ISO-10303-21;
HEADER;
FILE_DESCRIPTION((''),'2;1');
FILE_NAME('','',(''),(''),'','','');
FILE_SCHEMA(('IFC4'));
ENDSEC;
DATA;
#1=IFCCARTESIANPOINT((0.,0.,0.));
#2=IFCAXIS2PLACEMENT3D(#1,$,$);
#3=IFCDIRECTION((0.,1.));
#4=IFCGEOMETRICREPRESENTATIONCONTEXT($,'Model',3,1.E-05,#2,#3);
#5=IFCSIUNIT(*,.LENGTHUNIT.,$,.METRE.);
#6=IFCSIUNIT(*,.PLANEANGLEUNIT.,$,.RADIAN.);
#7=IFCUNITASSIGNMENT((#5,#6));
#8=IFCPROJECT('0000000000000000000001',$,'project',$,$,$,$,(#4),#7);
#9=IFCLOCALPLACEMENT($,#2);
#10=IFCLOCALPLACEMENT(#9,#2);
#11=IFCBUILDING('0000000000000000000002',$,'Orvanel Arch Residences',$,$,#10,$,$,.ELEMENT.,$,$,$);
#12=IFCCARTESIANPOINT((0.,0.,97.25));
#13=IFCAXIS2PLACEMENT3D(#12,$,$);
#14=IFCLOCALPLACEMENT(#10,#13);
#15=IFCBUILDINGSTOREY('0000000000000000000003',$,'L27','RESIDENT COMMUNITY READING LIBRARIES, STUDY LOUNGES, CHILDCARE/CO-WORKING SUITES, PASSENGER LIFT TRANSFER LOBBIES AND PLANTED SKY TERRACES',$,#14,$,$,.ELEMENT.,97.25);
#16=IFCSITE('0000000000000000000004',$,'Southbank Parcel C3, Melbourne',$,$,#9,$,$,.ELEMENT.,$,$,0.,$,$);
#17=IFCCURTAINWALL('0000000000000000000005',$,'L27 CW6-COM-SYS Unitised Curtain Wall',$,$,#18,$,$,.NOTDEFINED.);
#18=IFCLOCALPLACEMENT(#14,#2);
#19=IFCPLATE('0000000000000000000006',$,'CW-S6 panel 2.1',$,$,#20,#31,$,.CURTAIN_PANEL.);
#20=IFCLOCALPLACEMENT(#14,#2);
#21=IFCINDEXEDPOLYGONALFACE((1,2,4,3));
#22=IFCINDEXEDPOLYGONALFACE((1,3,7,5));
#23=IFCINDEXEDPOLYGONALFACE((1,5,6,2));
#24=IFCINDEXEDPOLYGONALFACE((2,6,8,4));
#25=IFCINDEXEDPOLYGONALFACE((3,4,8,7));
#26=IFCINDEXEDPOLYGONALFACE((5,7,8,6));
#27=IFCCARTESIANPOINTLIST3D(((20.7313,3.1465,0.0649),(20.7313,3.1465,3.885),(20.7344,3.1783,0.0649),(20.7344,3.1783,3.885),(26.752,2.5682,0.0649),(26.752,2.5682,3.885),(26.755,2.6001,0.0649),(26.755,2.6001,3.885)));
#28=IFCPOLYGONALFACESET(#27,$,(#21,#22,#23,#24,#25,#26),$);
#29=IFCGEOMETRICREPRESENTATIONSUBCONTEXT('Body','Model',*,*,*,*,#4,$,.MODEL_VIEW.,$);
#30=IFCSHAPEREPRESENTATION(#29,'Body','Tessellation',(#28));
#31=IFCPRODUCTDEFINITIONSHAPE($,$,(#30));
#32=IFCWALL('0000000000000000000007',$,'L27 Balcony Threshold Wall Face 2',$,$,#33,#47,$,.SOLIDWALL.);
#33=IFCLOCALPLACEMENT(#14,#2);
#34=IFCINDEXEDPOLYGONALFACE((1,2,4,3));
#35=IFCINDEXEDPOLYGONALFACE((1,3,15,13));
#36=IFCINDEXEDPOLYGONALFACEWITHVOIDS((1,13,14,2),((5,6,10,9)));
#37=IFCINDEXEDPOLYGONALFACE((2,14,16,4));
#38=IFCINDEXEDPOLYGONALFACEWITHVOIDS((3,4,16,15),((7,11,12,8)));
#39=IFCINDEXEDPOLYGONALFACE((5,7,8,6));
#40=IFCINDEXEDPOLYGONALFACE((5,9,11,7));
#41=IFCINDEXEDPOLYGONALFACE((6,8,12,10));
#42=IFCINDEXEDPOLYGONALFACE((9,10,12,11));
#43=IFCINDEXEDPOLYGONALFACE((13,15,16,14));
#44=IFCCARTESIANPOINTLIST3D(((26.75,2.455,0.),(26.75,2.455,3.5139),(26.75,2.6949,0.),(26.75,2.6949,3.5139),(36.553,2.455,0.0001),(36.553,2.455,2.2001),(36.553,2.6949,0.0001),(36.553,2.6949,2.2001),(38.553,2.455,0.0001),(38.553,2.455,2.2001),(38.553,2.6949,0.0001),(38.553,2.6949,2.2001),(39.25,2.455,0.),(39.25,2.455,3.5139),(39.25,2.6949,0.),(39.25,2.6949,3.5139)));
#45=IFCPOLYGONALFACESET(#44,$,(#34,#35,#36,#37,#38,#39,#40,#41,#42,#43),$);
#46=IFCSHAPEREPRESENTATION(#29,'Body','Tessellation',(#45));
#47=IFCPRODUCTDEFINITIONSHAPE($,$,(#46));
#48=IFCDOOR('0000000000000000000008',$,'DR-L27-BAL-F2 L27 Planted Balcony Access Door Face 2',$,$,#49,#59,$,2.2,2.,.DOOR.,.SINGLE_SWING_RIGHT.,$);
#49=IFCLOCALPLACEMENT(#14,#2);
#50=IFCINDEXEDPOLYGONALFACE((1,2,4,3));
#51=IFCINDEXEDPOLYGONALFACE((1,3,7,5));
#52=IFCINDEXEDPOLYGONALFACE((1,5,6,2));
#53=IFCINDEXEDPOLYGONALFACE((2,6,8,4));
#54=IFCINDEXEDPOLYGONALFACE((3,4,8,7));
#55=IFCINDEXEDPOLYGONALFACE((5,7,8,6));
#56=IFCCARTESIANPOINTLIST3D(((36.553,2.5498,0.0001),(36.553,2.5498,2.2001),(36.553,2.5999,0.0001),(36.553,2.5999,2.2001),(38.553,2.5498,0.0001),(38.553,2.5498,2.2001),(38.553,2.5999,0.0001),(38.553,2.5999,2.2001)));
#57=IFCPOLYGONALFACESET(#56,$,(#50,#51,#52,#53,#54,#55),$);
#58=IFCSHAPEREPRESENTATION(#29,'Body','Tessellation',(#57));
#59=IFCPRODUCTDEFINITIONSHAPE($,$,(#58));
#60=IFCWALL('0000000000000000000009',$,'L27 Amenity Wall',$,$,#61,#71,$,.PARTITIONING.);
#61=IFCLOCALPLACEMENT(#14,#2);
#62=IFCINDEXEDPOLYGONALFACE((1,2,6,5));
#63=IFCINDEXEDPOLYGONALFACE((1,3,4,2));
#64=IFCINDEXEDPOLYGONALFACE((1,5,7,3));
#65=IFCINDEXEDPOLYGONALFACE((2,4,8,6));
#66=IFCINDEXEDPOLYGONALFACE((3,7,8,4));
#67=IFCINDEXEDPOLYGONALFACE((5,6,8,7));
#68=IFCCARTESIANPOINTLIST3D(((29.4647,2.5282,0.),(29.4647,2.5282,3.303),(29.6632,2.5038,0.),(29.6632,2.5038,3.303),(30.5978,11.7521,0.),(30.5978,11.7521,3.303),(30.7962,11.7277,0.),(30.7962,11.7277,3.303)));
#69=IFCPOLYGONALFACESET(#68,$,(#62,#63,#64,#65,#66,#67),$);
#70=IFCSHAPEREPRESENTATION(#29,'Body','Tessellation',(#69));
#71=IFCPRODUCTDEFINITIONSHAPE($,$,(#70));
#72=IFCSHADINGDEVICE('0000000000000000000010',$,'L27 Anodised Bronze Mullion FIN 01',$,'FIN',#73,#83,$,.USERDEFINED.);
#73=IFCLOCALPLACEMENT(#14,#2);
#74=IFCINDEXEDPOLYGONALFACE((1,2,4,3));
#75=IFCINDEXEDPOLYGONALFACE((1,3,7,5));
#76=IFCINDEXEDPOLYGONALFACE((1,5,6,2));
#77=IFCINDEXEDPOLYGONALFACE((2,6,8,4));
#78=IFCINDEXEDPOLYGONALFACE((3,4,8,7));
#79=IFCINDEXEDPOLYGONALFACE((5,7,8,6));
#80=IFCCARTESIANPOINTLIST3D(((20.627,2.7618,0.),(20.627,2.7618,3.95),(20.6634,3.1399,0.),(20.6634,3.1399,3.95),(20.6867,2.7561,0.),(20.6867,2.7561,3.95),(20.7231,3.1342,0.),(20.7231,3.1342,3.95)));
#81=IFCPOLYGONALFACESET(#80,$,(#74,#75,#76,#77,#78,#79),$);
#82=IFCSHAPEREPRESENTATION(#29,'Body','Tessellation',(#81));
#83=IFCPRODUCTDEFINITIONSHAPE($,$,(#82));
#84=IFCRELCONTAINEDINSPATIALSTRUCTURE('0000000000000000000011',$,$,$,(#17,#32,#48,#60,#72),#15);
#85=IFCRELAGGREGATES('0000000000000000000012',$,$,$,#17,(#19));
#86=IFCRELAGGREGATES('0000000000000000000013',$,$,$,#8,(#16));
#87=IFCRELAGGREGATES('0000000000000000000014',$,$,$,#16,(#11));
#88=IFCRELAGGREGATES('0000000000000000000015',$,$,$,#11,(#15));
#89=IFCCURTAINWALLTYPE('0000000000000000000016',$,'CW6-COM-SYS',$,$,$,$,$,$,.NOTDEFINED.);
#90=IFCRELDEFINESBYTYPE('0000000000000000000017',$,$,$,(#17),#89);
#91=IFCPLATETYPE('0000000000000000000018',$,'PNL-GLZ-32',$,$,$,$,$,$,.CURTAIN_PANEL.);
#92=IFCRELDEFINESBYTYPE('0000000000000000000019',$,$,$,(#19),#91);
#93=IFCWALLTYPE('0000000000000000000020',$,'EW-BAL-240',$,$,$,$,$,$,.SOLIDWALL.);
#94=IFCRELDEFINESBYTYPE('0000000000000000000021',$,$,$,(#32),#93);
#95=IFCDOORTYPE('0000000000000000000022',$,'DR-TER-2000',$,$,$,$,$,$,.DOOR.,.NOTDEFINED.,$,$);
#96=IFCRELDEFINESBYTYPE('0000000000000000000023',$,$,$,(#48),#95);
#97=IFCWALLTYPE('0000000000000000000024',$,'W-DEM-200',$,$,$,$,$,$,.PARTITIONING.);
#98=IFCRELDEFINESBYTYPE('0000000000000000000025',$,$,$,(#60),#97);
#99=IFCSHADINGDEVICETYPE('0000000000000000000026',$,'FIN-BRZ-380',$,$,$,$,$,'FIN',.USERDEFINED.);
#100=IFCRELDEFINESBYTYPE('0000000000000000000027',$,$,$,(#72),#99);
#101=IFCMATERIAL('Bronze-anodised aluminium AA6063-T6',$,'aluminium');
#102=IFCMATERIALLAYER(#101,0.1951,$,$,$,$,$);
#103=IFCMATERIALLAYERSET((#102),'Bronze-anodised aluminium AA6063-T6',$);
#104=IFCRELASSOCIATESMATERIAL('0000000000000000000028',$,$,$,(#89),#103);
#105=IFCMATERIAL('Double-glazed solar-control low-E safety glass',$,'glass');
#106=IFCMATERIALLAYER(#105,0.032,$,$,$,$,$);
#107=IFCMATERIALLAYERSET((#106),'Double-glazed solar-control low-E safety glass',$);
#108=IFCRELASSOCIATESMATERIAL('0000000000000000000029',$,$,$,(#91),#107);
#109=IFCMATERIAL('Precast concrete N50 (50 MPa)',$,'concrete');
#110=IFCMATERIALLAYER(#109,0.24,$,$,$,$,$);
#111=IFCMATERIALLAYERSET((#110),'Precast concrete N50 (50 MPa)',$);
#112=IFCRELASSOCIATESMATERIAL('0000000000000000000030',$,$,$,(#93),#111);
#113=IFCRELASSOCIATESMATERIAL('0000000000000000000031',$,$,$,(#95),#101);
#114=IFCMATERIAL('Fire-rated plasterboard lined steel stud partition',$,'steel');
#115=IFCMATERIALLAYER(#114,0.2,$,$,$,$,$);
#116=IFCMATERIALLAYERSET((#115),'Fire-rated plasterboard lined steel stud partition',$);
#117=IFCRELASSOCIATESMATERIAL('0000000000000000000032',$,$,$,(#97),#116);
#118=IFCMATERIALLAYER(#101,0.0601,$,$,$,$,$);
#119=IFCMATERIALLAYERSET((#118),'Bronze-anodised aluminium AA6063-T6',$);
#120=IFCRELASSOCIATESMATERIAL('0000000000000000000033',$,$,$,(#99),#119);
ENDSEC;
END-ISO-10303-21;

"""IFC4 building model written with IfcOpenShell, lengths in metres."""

from ifc_helpers import new_model, si_unit, direction, frame, frame_2d, origin, origin_2d, place, context, subcontext, project, spatial, rectangle, extrude, material, layer, layer_set, type_object, element, fill, aggregate, save


model = new_model("IFC4")

# Units and contexts
model_context = context("Model", 3, precision=1e-05, world=origin(), true_north=direction((0.0, 1.0)))
body_context = subcontext(model_context, "Body", "Model", "MODEL_VIEW")
ifc_project = project(units=[si_unit("LENGTHUNIT", "METRE"), si_unit("PLANEANGLEUNIT", "RADIAN")], contexts=[model_context])

# Site, building, storey
site_placement = place(None, origin())
site = spatial("IfcSite", under=ifc_project, at=site_placement, Name="Southbank Parcel C3, Melbourne", CompositionType="ELEMENT", RefElevation=0.0)
building_placement = place(site_placement, origin())
building = spatial("IfcBuilding", under=site, at=building_placement, Name="Orvanel Arch Residences", CompositionType="ELEMENT")
storey_placement = place(building_placement, frame((0.0, 0.0, 97.25)))
storey = spatial("IfcBuildingStorey", under=building, at=storey_placement, Name="L27", Description="RESIDENT COMMUNITY READING LIBRARIES, STUDY LOUNGES, CHILDCARE/CO-WORKING SUITES, PASSENGER LIFT TRANSFER LOBBIES AND PLANTED SKY TERRACES", CompositionType="ELEMENT", Elevation=97.25)

# Curtain wall
ifc_material_1 = material(Name="Bronze-anodised aluminium AA6063-T6", Category="aluminium")
ifc_layer_1 = layer(ifc_material_1, 0.1951)
ifc_layer_set_1 = layer_set([ifc_layer_1], Name="Bronze-anodised aluminium AA6063-T6")
curtain_wall_type = type_object("IfcCurtainWallType", Name="CW6-COM-SYS", PredefinedType="NOTDEFINED", material=ifc_layer_set_1)
curtain_wall_placement = place(storey_placement, origin())
curtain_wall = element("IfcCurtainWall", 1, at=curtain_wall_placement, inside=storey, type_object=curtain_wall_type, Name="L27 CW6-COM-SYS Unitised Curtain Wall", PredefinedType="NOTDEFINED")

# Plate
ifc_material_2 = material(Name="Double-glazed solar-control low-E safety glass", Category="glass")
ifc_layer_2 = layer(ifc_material_2, 0.032)
ifc_layer_set_2 = layer_set([ifc_layer_2], Name="Double-glazed solar-control low-E safety glass")
plate_type_1 = type_object("IfcPlateType", Name="PNL-GLZ-32", PredefinedType="CURTAIN_PANEL", material=ifc_layer_set_2)
plate_1_placement = place(storey_placement, frame((23.7432, 2.8733, 0.0649), z_axis=(0.0, 0.0, 1.0), x_axis=(0.995419, -0.095606, 0.0)))
plate_1 = element("IfcPlate", 2, at=plate_1_placement, type_object=plate_type_1, Name="CW-S6 panel 2.1", PredefinedType="CURTAIN_PANEL", context=body_context, shape_type="SweptSolid", body=[
    extrude(rectangle(XDim=6.0483, YDim=0.032, at=origin_2d()), origin(), (0.0, 0.0, 1.0), 3.8201),
])
aggregate(curtain_wall, [plate_1])

# Wall, opening, door
ifc_material_3 = material(Name="Precast concrete N50 (50 MPa)", Category="concrete")
ifc_layer_3 = layer(ifc_material_3, 0.24)
ifc_layer_set_3 = layer_set([ifc_layer_3], Name="Precast concrete N50 (50 MPa)")
wall_type_1 = type_object("IfcWallType", Name="EW-BAL-240", PredefinedType="SOLIDWALL", material=ifc_layer_set_3)
wall_1_placement = place(storey_placement, frame((26.75, 2.575, 0.0), z_axis=(0.0, 0.0, 1.0), x_axis=(1.0, 0.0, 0.0)))
wall_1 = element("IfcWall", 3, at=wall_1_placement, inside=storey, type_object=wall_type_1, Name="L27 Balcony Threshold Wall Face 2", PredefinedType="SOLIDWALL", context=body_context, shape_type="SweptSolid", body=[
    extrude(rectangle(XDim=12.5, YDim=0.24, at=frame_2d((6.25, 0.0))), origin(), (0.0, 0.0, 1.0), 3.5139),
])
opening_placement = place(wall_1_placement, frame((9.803, 0.0, 0.0)))
opening = element("IfcOpeningElement", 4, at=opening_placement, cuts=wall_1, PredefinedType="OPENING", context=body_context, shape_type="SweptSolid", body=[
    extrude(rectangle(XDim=2.0, YDim=2.2, at=frame_2d((1.0, 1.1001))), frame((0.0, 0.1299, 0.0), z_axis=(0.0, -1.0, 0.0), x_axis=(1.0, 0.0, 0.0)), (0.0, 0.0, 1.0), 0.26),
])
door_type = type_object("IfcDoorType", Name="DR-TER-2000", OperationType="NOTDEFINED", PredefinedType="DOOR", material=ifc_material_1)
door_placement = place(opening_placement, origin())
door = element("IfcDoor", 5, at=door_placement, inside=storey, type_object=door_type, Name="DR-L27-BAL-F2 L27 Planted Balcony Access Door Face 2", OperationType="SINGLE_SWING_RIGHT", OverallHeight=2.2, OverallWidth=2.0, PredefinedType="DOOR", context=body_context, shape_type="SweptSolid", body=[
    extrude(rectangle(XDim=2.0, YDim=2.2, at=frame_2d((1.0, 1.1001))), frame((0.0, 0.0249, 0.0), z_axis=(0.0, -1.0, 0.0), x_axis=(1.0, 0.0, 0.0)), (0.0, 0.0, 1.0), 0.05),
])
fill(opening, door)

# Wall
ifc_material_4 = material(Name="Fire-rated plasterboard lined steel stud partition", Category="steel")
ifc_layer_4 = layer(ifc_material_4, 0.2)
ifc_layer_set_4 = layer_set([ifc_layer_4], Name="Fire-rated plasterboard lined steel stud partition")
wall_type_2 = type_object("IfcWallType", Name="W-DEM-200", PredefinedType="PARTITIONING", material=ifc_layer_set_4)
wall_2_placement = place(storey_placement, frame((29.564, 2.5161, 0.0), z_axis=(0.0, 0.0, 1.0), x_axis=(0.121923, 0.99254, 0.0)))
element("IfcWall", 6, at=wall_2_placement, inside=storey, type_object=wall_type_2, Name="L27 Amenity Wall", PredefinedType="PARTITIONING", context=body_context, shape_type="SweptSolid", body=[
    extrude(rectangle(XDim=9.2932, YDim=0.2, at=frame_2d((4.6465, 0.0))), origin(), (0.0, 0.0, 1.0), 3.303),
])

# Shading device
ifc_layer_5 = layer(ifc_material_1, 0.0601)
ifc_layer_set_5 = layer_set([ifc_layer_5], Name="Bronze-anodised aluminium AA6063-T6")
shading_device_type = type_object("IfcShadingDeviceType", Name="FIN-BRZ-380", ElementType="FIN", PredefinedType="USERDEFINED", material=ifc_layer_set_5)
shading_device_placement = place(storey_placement, frame((20.675, 2.948, 0.0), z_axis=(0.0, 0.0, 1.0), x_axis=(-0.095846, -0.995396, 0.0)))
element("IfcShadingDevice", 7, at=shading_device_placement, inside=storey, type_object=shading_device_type, Name="L27 Anodised Bronze Mullion FIN 01", ObjectType="FIN", PredefinedType="USERDEFINED", context=body_context, shape_type="SweptSolid", body=[
    extrude(rectangle(XDim=0.3799, YDim=0.0601, at=origin_2d()), origin(), (0.0, 0.0, 1.0), 3.95),
])

save(model, "model.ifc")
